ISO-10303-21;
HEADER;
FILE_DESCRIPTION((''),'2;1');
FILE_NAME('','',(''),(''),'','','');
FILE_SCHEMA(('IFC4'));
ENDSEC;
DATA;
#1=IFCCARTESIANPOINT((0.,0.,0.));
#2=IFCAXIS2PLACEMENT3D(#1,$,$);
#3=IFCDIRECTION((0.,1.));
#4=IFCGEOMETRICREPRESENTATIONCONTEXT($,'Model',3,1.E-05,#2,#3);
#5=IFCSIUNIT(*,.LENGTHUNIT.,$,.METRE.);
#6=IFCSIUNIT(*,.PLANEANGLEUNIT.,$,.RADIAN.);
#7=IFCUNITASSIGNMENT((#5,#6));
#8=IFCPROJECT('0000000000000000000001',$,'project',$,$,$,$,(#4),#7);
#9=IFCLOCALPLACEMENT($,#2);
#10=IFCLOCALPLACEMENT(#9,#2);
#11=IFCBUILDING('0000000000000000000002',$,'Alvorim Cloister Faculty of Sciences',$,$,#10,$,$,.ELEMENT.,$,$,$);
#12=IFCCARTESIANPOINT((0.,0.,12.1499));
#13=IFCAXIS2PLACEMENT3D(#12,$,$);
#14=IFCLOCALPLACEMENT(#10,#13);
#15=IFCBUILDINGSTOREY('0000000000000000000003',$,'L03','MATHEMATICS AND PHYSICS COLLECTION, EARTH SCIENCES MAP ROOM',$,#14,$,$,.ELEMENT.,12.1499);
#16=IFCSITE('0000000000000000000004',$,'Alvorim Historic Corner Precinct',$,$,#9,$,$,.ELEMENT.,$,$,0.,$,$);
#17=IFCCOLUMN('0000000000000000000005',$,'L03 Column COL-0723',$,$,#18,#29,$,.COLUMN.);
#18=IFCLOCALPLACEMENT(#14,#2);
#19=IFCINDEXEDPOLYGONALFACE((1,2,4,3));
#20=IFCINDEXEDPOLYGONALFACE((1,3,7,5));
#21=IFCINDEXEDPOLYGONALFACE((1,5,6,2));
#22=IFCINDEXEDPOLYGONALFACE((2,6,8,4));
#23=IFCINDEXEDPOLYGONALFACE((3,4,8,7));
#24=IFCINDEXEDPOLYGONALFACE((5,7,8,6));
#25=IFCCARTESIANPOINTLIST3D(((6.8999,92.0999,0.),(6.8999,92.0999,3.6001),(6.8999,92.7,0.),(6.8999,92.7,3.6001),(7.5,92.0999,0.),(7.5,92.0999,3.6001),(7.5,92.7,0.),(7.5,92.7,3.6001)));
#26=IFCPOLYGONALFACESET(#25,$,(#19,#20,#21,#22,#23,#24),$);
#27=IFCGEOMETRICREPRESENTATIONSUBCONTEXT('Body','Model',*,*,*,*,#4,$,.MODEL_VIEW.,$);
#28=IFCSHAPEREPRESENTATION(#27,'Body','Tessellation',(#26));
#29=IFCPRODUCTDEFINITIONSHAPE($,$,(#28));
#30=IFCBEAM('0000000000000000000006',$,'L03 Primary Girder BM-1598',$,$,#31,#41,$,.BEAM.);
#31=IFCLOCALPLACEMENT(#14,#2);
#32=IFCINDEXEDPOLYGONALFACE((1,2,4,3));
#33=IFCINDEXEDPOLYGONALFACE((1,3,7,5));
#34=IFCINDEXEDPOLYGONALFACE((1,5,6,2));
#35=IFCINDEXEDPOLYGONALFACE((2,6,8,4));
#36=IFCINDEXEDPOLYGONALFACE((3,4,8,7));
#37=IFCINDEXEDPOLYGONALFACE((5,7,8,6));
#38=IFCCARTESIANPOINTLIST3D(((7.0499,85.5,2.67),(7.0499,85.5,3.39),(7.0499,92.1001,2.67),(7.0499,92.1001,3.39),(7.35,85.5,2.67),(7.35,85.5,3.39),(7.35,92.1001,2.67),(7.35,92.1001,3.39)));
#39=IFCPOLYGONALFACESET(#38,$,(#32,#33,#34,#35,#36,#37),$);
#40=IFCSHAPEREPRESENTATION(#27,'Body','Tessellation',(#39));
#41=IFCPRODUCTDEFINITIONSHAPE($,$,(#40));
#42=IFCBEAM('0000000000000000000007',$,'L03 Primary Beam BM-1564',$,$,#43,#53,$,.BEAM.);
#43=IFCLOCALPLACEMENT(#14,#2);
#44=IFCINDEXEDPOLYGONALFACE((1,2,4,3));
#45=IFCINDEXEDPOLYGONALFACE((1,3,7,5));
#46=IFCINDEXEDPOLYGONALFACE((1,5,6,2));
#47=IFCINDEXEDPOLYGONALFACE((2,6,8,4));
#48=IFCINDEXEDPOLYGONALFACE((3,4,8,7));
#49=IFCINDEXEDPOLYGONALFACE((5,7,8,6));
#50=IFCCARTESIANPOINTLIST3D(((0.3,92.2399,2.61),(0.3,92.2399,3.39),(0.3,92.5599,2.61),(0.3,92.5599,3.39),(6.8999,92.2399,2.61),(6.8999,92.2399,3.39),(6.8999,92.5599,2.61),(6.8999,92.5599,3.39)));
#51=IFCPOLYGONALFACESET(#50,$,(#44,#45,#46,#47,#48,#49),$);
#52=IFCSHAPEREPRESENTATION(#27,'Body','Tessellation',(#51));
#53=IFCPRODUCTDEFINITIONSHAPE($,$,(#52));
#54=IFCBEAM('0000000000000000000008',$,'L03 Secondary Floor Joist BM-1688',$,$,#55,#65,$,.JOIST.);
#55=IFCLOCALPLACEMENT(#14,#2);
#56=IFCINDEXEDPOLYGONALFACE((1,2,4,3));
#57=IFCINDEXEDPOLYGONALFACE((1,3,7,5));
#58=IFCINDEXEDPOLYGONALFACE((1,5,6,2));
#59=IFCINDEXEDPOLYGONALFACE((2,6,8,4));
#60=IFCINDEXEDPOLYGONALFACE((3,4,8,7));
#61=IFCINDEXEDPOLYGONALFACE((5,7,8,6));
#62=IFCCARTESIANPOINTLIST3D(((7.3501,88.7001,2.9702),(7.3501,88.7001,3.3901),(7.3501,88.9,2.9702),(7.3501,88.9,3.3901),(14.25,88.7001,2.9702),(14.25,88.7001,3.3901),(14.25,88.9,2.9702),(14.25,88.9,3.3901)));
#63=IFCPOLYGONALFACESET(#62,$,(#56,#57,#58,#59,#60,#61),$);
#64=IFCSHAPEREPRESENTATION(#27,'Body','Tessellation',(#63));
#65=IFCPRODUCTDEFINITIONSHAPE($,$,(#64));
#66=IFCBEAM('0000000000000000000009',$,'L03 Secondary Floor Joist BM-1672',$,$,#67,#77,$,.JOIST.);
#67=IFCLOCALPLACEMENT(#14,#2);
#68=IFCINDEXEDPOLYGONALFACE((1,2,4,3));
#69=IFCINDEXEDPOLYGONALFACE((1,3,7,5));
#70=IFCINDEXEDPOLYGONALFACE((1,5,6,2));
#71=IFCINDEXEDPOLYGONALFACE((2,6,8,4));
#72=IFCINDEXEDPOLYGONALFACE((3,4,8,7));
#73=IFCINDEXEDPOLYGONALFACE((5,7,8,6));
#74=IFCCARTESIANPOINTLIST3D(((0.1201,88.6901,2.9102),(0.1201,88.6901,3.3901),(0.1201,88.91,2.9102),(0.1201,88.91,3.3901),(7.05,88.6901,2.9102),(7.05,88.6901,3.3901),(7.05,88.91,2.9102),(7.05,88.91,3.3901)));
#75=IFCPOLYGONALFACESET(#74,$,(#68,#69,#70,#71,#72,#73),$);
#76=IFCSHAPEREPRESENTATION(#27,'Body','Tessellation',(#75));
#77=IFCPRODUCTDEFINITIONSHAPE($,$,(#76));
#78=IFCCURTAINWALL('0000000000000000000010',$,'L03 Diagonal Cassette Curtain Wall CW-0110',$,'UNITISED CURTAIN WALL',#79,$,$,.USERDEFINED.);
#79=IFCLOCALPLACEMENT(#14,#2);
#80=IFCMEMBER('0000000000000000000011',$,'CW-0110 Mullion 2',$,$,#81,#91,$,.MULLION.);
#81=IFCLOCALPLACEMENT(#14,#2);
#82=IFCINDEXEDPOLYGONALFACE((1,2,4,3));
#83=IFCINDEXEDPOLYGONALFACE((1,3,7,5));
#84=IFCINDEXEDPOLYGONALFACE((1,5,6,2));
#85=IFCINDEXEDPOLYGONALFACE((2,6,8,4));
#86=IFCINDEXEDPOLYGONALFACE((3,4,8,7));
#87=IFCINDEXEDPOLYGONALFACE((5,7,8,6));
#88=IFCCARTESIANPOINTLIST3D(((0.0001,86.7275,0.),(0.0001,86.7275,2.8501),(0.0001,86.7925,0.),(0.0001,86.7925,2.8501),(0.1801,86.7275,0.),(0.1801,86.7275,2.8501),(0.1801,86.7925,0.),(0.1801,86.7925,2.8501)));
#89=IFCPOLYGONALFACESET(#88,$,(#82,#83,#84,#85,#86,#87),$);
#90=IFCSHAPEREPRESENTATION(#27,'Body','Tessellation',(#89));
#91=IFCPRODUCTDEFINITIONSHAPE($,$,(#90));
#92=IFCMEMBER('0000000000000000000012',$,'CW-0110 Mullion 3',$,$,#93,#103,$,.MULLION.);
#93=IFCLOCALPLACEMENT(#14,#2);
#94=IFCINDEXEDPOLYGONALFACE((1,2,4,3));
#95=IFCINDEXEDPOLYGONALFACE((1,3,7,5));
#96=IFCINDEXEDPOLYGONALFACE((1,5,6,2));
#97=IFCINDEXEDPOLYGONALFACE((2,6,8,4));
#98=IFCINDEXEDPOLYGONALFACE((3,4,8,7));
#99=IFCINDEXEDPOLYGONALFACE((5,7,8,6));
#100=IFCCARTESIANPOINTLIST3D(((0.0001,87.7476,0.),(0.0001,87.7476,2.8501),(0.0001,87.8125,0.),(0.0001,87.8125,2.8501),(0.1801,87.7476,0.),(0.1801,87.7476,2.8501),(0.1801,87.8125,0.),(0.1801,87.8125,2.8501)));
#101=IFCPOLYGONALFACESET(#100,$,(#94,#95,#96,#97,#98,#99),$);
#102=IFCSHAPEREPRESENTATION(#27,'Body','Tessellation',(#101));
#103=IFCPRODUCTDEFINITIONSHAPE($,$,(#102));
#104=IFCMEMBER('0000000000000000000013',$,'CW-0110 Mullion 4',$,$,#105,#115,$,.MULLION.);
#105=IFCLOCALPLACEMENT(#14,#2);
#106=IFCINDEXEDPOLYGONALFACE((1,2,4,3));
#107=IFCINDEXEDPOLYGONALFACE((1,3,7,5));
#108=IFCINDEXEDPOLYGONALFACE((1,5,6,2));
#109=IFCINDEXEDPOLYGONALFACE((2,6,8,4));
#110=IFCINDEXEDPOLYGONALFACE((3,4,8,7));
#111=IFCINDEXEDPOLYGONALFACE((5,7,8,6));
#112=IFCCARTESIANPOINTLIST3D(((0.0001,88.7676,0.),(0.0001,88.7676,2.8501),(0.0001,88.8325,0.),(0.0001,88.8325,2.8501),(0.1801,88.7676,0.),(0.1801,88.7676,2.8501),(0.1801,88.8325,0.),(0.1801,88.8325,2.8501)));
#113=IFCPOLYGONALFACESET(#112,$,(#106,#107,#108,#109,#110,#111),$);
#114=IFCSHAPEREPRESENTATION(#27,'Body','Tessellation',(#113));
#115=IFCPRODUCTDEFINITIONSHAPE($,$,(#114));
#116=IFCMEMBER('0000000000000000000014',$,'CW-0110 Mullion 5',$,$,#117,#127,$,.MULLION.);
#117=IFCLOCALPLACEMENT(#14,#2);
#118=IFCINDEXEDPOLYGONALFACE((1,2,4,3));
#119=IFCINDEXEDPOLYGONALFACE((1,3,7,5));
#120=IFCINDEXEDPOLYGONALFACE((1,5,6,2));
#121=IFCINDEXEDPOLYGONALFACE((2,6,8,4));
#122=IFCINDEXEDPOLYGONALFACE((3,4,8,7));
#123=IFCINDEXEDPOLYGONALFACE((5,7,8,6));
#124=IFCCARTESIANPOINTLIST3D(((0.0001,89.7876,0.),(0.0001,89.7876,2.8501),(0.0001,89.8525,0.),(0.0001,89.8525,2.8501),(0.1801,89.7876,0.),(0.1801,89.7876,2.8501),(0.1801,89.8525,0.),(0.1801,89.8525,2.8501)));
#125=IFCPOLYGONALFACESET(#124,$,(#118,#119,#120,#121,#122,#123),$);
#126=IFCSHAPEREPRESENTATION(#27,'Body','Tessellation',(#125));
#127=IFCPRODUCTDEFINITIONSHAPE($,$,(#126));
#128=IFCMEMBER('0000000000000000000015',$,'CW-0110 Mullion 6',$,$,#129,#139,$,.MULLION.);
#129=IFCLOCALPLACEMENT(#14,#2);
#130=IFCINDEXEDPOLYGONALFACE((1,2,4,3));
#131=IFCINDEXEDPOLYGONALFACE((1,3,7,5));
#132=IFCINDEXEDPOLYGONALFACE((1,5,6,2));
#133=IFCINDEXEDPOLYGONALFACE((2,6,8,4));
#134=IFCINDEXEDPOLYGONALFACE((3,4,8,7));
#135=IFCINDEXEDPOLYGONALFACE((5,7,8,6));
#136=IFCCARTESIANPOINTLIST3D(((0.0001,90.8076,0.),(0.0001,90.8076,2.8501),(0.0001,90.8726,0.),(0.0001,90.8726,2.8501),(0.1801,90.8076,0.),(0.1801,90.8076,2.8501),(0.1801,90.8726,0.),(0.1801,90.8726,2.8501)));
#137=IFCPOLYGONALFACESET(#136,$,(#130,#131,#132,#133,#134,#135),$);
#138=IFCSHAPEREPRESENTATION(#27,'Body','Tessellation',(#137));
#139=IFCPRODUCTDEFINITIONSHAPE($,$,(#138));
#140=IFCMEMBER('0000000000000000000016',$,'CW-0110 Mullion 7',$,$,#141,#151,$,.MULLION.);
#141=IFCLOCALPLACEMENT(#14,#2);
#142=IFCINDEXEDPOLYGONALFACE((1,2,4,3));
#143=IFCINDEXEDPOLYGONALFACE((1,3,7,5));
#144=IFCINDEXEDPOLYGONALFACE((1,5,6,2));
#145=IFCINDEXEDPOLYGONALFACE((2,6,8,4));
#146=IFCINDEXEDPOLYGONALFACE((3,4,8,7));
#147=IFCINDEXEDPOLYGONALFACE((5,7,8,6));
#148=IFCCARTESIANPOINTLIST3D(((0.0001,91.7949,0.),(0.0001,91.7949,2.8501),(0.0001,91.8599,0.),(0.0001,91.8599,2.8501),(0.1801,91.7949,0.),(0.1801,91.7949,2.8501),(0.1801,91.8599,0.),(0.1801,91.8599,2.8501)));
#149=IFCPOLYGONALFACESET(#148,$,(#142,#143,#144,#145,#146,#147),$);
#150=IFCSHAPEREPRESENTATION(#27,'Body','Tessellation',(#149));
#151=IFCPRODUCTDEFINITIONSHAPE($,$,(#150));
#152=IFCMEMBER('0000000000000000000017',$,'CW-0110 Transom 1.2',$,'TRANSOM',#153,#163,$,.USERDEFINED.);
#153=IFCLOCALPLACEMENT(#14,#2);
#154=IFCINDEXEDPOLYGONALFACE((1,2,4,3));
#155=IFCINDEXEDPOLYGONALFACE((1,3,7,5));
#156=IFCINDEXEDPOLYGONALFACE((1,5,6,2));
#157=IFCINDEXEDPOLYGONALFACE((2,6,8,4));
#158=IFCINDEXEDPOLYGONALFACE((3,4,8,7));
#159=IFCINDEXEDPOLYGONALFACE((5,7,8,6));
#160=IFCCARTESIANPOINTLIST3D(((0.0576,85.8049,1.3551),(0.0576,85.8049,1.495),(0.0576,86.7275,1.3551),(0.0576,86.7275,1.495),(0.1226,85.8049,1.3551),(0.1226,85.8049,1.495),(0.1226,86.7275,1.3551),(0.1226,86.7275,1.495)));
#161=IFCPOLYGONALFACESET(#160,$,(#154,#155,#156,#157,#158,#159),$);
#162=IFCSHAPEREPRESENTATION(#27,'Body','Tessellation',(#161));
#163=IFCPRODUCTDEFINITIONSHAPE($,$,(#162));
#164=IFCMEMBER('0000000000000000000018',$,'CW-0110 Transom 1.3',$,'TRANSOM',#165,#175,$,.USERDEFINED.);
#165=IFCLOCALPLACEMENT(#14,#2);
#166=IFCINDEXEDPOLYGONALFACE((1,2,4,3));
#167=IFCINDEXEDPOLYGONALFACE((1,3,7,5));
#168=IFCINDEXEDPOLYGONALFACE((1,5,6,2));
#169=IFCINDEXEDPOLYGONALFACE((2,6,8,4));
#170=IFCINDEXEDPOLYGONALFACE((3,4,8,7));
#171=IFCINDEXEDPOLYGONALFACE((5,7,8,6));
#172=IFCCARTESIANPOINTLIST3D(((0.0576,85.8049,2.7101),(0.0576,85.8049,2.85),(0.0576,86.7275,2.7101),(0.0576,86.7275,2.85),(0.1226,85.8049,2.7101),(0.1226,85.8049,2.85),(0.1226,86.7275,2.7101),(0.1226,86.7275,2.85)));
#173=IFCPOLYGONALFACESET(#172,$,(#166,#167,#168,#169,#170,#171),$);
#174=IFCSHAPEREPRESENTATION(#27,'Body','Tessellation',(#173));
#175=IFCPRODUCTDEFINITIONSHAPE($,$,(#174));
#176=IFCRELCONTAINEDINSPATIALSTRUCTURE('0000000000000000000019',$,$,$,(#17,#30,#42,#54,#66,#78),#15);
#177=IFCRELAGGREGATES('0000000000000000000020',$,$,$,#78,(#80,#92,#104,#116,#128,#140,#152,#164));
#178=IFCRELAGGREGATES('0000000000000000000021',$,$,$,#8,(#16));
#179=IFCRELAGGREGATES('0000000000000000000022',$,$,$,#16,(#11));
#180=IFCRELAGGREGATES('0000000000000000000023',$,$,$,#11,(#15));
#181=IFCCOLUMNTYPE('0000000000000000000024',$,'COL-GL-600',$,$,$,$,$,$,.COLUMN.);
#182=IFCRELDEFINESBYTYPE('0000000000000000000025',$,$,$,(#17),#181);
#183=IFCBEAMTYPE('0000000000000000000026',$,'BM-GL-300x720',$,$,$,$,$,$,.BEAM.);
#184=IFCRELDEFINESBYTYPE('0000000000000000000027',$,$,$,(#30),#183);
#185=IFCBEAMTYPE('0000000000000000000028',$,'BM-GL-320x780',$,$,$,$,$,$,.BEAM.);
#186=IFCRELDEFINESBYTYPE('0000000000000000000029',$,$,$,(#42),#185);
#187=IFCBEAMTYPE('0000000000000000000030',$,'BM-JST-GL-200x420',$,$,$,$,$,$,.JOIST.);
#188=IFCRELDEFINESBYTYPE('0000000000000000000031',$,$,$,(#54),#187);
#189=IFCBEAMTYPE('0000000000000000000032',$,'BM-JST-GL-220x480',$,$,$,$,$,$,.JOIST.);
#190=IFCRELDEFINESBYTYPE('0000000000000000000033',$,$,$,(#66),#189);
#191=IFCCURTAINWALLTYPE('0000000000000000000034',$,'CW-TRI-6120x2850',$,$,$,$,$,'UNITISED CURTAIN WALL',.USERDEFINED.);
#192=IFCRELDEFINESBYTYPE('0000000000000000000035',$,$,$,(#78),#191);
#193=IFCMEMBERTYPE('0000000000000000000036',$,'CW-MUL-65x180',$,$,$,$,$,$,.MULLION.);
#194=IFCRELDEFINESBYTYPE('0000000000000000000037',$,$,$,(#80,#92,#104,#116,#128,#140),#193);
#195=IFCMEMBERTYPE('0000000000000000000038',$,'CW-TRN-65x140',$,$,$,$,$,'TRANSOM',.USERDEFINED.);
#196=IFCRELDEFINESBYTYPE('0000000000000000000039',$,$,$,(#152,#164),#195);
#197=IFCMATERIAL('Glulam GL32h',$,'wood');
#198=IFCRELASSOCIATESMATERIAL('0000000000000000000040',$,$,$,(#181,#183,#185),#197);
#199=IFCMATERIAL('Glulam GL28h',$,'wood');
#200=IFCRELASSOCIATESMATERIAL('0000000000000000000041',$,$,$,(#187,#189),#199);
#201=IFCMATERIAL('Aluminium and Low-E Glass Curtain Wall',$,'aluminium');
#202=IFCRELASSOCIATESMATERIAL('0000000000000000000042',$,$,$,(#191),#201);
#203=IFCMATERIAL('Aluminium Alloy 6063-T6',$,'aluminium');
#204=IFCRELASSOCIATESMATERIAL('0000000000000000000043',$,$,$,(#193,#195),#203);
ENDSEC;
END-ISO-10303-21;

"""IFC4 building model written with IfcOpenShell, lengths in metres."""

from ifc_helpers import new_model, si_unit, direction, frame, origin, origin_2d, place, context, subcontext, project, spatial, rectangle, extrude, material, material_profile, profile_set, type_object, element, aggregate, save


model = new_model("IFC4")

# Units and contexts
model_context = context("Model", 3, precision=1e-05, world=origin(), true_north=direction((0.0, 1.0)))
body_context = subcontext(model_context, "Body", "Model", "MODEL_VIEW")
ifc_project = project(units=[si_unit("LENGTHUNIT", "METRE"), si_unit("PLANEANGLEUNIT", "RADIAN")], contexts=[model_context])

# Site, building, storey
site_placement = place(None, origin())
site = spatial("IfcSite", under=ifc_project, at=site_placement, Name="Alvorim Historic Corner Precinct", CompositionType="ELEMENT", RefElevation=0.0)
building_placement = place(site_placement, origin())
building = spatial("IfcBuilding", under=site, at=building_placement, Name="Alvorim Cloister Faculty of Sciences", CompositionType="ELEMENT")
storey_placement = place(building_placement, frame((0.0, 0.0, 12.1499)))
storey = spatial("IfcBuildingStorey", under=building, at=storey_placement, Name="L03", Description="MATHEMATICS AND PHYSICS COLLECTION, EARTH SCIENCES MAP ROOM", CompositionType="ELEMENT", Elevation=12.1499)

# Column
ifc_material_1 = material(Name="Glulam GL32h", Category="wood")
ifc_material_profile_1 = material_profile(ifc_material_1, rectangle(XDim=0.6001, YDim=0.6001, at=origin_2d()), Name="GL32-COL-600x600")
ifc_profile_set_1 = profile_set([ifc_material_profile_1], Name="Glulam GL32h")
column_type = type_object("IfcColumnType", Name="COL-GL-600", PredefinedType="COLUMN", material=ifc_profile_set_1)
column_placement = place(storey_placement, frame((7.2, 92.3999, 0.0), z_axis=(0.0, 0.0, 1.0), x_axis=(1.0, 0.0, 0.0)))
element("IfcColumn", 1, at=column_placement, inside=storey, type_object=column_type, Name="L03 Column COL-0723", PredefinedType="COLUMN", context=body_context, shape_type="SweptSolid", body=[
    extrude(rectangle(XDim=0.6001, YDim=0.6001, at=origin_2d()), origin(), (0.0, 0.0, 1.0), 3.6001),
])

# Beams
ifc_material_profile_2 = material_profile(ifc_material_1, rectangle(XDim=0.3, YDim=0.72, at=origin_2d()), Name="GL32-BM-300x720")
ifc_profile_set_2 = profile_set([ifc_material_profile_2], Name="Glulam GL32h")
beam_type_1 = type_object("IfcBeamType", Name="BM-GL-300x720", PredefinedType="BEAM", material=ifc_profile_set_2)
beam_1_placement = place(storey_placement, frame((7.2, 85.5, 3.03), z_axis=(0.0, 1.0, 0.0), x_axis=(-1.0, 0.0, 0.0)))
element("IfcBeam", 2, at=beam_1_placement, inside=storey, type_object=beam_type_1, Name="L03 Primary Girder BM-1598", PredefinedType="BEAM", context=body_context, shape_type="SweptSolid", body=[
    extrude(rectangle(XDim=0.3, YDim=0.72, at=origin_2d()), origin(), (0.0, 0.0, 1.0), 6.6001),
])
ifc_material_profile_3 = material_profile(ifc_material_1, rectangle(XDim=0.3201, YDim=0.78, at=origin_2d()), Name="GL32-BM-320x780")
ifc_profile_set_3 = profile_set([ifc_material_profile_3], Name="Glulam GL32h")
beam_type_2 = type_object("IfcBeamType", Name="BM-GL-320x780", PredefinedType="BEAM", material=ifc_profile_set_3)
beam_2_placement = place(storey_placement, frame((0.3, 92.3999, 3.0), z_axis=(1.0, 0.0, 0.0), x_axis=(0.0, 1.0, 0.0)))
element("IfcBeam", 3, at=beam_2_placement, inside=storey, type_object=beam_type_2, Name="L03 Primary Beam BM-1564", PredefinedType="BEAM", context=body_context, shape_type="SweptSolid", body=[
    extrude(rectangle(XDim=0.3201, YDim=0.78, at=origin_2d()), origin(), (0.0, 0.0, 1.0), 6.5999),
])
ifc_material_2 = material(Name="Glulam GL28h", Category="wood")
ifc_material_profile_4 = material_profile(ifc_material_2, rectangle(XDim=0.2, YDim=0.4199, at=origin_2d()), Name="GL28-JST-200x420")
ifc_profile_set_4 = profile_set([ifc_material_profile_4], Name="Glulam GL28h")
beam_type_3 = type_object("IfcBeamType", Name="BM-JST-GL-200x420", PredefinedType="JOIST", material=ifc_profile_set_4)
beam_3_placement = place(storey_placement, frame((7.3501, 88.8, 3.1802), z_axis=(1.0, 0.0, 0.0), x_axis=(0.0, 1.0, 0.0)))
element("IfcBeam", 4, at=beam_3_placement, inside=storey, type_object=beam_type_3, Name="L03 Secondary Floor Joist BM-1688", PredefinedType="JOIST", context=body_context, shape_type="SweptSolid", body=[
    extrude(rectangle(XDim=0.2, YDim=0.4199, at=origin_2d()), origin(), (0.0, 0.0, 1.0), 6.8999),
])
ifc_material_profile_5 = material_profile(ifc_material_2, rectangle(XDim=0.22, YDim=0.48, at=origin_2d()), Name="GL28-JST-220x480")
ifc_profile_set_5 = profile_set([ifc_material_profile_5], Name="Glulam GL28h")
beam_type_4 = type_object("IfcBeamType", Name="BM-JST-GL-220x480", PredefinedType="JOIST", material=ifc_profile_set_5)
beam_4_placement = place(storey_placement, frame((0.1201, 88.8, 3.1501), z_axis=(1.0, 0.0, 0.0), x_axis=(0.0, 1.0, 0.0)))
element("IfcBeam", 5, at=beam_4_placement, inside=storey, type_object=beam_type_4, Name="L03 Secondary Floor Joist BM-1672", PredefinedType="JOIST", context=body_context, shape_type="SweptSolid", body=[
    extrude(rectangle(XDim=0.22, YDim=0.48, at=origin_2d()), origin(), (0.0, 0.0, 1.0), 6.9299),
])

# Curtain wall, members
ifc_material_3 = material(Name="Aluminium and Low-E Glass Curtain Wall", Category="aluminium")
curtain_wall_type = type_object("IfcCurtainWallType", Name="CW-TRI-6120x2850", ElementType="UNITISED CURTAIN WALL", PredefinedType="USERDEFINED", material=ifc_material_3)
curtain_wall_placement = place(storey_placement, origin())
curtain_wall = element("IfcCurtainWall", 6, at=curtain_wall_placement, inside=storey, type_object=curtain_wall_type, Name="L03 Diagonal Cassette Curtain Wall CW-0110", ObjectType="UNITISED CURTAIN WALL", PredefinedType="USERDEFINED")
ifc_material_4 = material(Name="Aluminium Alloy 6063-T6", Category="aluminium")
ifc_material_profile_6 = material_profile(ifc_material_4, rectangle(XDim=0.0649, YDim=0.1799, at=origin_2d()), Name="ALU-MUL-65x180")
ifc_profile_set_6 = profile_set([ifc_material_profile_6], Name="Aluminium Alloy 6063-T6")
member_type_1 = type_object("IfcMemberType", Name="CW-MUL-65x180", PredefinedType="MULLION", material=ifc_profile_set_6)
member_1_placement = place(storey_placement, frame((0.0901, 86.76, 0.0), z_axis=(0.0, 0.0, 1.0), x_axis=(0.0, 1.0, 0.0)))
member_1 = element("IfcMember", 7, at=member_1_placement, type_object=member_type_1, Name="CW-0110 Mullion 2", PredefinedType="MULLION", context=body_context, shape_type="SweptSolid", body=[
    extrude(rectangle(XDim=0.0649, YDim=0.1799, at=origin_2d()), origin(), (0.0, 0.0, 1.0), 2.8501),
])
member_2_placement = place(storey_placement, frame((0.0901, 87.78, 0.0), z_axis=(0.0, 0.0, 1.0), x_axis=(0.0, 1.0, 0.0)))
member_2 = element("IfcMember", 8, at=member_2_placement, type_object=member_type_1, Name="CW-0110 Mullion 3", PredefinedType="MULLION", context=body_context, shape_type="SweptSolid", body=[
    extrude(rectangle(XDim=0.0649, YDim=0.1799, at=origin_2d()), origin(), (0.0, 0.0, 1.0), 2.8501),
])
member_3_placement = place(storey_placement, frame((0.0901, 88.8, 0.0), z_axis=(0.0, 0.0, 1.0), x_axis=(0.0, 1.0, 0.0)))
member_3 = element("IfcMember", 9, at=member_3_placement, type_object=member_type_1, Name="CW-0110 Mullion 4", PredefinedType="MULLION", context=body_context, shape_type="SweptSolid", body=[
    extrude(rectangle(XDim=0.0649, YDim=0.1799, at=origin_2d()), origin(), (0.0, 0.0, 1.0), 2.8501),
])
member_4_placement = place(storey_placement, frame((0.0901, 89.8201, 0.0), z_axis=(0.0, 0.0, 1.0), x_axis=(0.0, 1.0, 0.0)))
member_4 = element("IfcMember", 10, at=member_4_placement, type_object=member_type_1, Name="CW-0110 Mullion 5", PredefinedType="MULLION", context=body_context, shape_type="SweptSolid", body=[
    extrude(rectangle(XDim=0.0649, YDim=0.1799, at=origin_2d()), origin(), (0.0, 0.0, 1.0), 2.8501),
])
member_5_placement = place(storey_placement, frame((0.0901, 90.8401, 0.0), z_axis=(0.0, 0.0, 1.0), x_axis=(0.0, 1.0, 0.0)))
member_5 = element("IfcMember", 11, at=member_5_placement, type_object=member_type_1, Name="CW-0110 Mullion 6", PredefinedType="MULLION", context=body_context, shape_type="SweptSolid", body=[
    extrude(rectangle(XDim=0.0649, YDim=0.1799, at=origin_2d()), origin(), (0.0, 0.0, 1.0), 2.8501),
])
member_6_placement = place(storey_placement, frame((0.0901, 91.8274, 0.0), z_axis=(0.0, 0.0, 1.0), x_axis=(0.0, 1.0, 0.0)))
member_6 = element("IfcMember", 12, at=member_6_placement, type_object=member_type_1, Name="CW-0110 Mullion 7", PredefinedType="MULLION", context=body_context, shape_type="SweptSolid", body=[
    extrude(rectangle(XDim=0.0649, YDim=0.1799, at=origin_2d()), origin(), (0.0, 0.0, 1.0), 2.8501),
])
ifc_material_profile_7 = material_profile(ifc_material_4, rectangle(XDim=0.0649, YDim=0.1399, at=origin_2d()), Name="ALU-TRN-65x140")
ifc_profile_set_7 = profile_set([ifc_material_profile_7], Name="Aluminium Alloy 6063-T6")
member_type_2 = type_object("IfcMemberType", Name="CW-TRN-65x140", ElementType="TRANSOM", PredefinedType="USERDEFINED", material=ifc_profile_set_7)
member_7_placement = place(storey_placement, frame((0.0901, 85.8049, 1.425), z_axis=(0.0, 1.0, 0.0), x_axis=(-1.0, 0.0, 0.0)))
member_7 = element("IfcMember", 13, at=member_7_placement, type_object=member_type_2, Name="CW-0110 Transom 1.2", ObjectType="TRANSOM", PredefinedType="USERDEFINED", context=body_context, shape_type="SweptSolid", body=[
    extrude(rectangle(XDim=0.0649, YDim=0.1399, at=origin_2d()), origin(), (0.0, 0.0, 1.0), 0.9226),
])
member_8_placement = place(storey_placement, frame((0.0901, 85.8049, 2.78), z_axis=(0.0, 1.0, 0.0), x_axis=(-1.0, 0.0, 0.0)))
member_8 = element("IfcMember", 14, at=member_8_placement, type_object=member_type_2, Name="CW-0110 Transom 1.3", ObjectType="TRANSOM", PredefinedType="USERDEFINED", context=body_context, shape_type="SweptSolid", body=[
    extrude(rectangle(XDim=0.0649, YDim=0.1399, at=origin_2d()), origin(), (0.0, 0.0, 1.0), 0.9226),
])
aggregate(curtain_wall, [member_1, member_2, member_3, member_4, member_5, member_6, member_7, member_8])

save(model, "model.ifc")
